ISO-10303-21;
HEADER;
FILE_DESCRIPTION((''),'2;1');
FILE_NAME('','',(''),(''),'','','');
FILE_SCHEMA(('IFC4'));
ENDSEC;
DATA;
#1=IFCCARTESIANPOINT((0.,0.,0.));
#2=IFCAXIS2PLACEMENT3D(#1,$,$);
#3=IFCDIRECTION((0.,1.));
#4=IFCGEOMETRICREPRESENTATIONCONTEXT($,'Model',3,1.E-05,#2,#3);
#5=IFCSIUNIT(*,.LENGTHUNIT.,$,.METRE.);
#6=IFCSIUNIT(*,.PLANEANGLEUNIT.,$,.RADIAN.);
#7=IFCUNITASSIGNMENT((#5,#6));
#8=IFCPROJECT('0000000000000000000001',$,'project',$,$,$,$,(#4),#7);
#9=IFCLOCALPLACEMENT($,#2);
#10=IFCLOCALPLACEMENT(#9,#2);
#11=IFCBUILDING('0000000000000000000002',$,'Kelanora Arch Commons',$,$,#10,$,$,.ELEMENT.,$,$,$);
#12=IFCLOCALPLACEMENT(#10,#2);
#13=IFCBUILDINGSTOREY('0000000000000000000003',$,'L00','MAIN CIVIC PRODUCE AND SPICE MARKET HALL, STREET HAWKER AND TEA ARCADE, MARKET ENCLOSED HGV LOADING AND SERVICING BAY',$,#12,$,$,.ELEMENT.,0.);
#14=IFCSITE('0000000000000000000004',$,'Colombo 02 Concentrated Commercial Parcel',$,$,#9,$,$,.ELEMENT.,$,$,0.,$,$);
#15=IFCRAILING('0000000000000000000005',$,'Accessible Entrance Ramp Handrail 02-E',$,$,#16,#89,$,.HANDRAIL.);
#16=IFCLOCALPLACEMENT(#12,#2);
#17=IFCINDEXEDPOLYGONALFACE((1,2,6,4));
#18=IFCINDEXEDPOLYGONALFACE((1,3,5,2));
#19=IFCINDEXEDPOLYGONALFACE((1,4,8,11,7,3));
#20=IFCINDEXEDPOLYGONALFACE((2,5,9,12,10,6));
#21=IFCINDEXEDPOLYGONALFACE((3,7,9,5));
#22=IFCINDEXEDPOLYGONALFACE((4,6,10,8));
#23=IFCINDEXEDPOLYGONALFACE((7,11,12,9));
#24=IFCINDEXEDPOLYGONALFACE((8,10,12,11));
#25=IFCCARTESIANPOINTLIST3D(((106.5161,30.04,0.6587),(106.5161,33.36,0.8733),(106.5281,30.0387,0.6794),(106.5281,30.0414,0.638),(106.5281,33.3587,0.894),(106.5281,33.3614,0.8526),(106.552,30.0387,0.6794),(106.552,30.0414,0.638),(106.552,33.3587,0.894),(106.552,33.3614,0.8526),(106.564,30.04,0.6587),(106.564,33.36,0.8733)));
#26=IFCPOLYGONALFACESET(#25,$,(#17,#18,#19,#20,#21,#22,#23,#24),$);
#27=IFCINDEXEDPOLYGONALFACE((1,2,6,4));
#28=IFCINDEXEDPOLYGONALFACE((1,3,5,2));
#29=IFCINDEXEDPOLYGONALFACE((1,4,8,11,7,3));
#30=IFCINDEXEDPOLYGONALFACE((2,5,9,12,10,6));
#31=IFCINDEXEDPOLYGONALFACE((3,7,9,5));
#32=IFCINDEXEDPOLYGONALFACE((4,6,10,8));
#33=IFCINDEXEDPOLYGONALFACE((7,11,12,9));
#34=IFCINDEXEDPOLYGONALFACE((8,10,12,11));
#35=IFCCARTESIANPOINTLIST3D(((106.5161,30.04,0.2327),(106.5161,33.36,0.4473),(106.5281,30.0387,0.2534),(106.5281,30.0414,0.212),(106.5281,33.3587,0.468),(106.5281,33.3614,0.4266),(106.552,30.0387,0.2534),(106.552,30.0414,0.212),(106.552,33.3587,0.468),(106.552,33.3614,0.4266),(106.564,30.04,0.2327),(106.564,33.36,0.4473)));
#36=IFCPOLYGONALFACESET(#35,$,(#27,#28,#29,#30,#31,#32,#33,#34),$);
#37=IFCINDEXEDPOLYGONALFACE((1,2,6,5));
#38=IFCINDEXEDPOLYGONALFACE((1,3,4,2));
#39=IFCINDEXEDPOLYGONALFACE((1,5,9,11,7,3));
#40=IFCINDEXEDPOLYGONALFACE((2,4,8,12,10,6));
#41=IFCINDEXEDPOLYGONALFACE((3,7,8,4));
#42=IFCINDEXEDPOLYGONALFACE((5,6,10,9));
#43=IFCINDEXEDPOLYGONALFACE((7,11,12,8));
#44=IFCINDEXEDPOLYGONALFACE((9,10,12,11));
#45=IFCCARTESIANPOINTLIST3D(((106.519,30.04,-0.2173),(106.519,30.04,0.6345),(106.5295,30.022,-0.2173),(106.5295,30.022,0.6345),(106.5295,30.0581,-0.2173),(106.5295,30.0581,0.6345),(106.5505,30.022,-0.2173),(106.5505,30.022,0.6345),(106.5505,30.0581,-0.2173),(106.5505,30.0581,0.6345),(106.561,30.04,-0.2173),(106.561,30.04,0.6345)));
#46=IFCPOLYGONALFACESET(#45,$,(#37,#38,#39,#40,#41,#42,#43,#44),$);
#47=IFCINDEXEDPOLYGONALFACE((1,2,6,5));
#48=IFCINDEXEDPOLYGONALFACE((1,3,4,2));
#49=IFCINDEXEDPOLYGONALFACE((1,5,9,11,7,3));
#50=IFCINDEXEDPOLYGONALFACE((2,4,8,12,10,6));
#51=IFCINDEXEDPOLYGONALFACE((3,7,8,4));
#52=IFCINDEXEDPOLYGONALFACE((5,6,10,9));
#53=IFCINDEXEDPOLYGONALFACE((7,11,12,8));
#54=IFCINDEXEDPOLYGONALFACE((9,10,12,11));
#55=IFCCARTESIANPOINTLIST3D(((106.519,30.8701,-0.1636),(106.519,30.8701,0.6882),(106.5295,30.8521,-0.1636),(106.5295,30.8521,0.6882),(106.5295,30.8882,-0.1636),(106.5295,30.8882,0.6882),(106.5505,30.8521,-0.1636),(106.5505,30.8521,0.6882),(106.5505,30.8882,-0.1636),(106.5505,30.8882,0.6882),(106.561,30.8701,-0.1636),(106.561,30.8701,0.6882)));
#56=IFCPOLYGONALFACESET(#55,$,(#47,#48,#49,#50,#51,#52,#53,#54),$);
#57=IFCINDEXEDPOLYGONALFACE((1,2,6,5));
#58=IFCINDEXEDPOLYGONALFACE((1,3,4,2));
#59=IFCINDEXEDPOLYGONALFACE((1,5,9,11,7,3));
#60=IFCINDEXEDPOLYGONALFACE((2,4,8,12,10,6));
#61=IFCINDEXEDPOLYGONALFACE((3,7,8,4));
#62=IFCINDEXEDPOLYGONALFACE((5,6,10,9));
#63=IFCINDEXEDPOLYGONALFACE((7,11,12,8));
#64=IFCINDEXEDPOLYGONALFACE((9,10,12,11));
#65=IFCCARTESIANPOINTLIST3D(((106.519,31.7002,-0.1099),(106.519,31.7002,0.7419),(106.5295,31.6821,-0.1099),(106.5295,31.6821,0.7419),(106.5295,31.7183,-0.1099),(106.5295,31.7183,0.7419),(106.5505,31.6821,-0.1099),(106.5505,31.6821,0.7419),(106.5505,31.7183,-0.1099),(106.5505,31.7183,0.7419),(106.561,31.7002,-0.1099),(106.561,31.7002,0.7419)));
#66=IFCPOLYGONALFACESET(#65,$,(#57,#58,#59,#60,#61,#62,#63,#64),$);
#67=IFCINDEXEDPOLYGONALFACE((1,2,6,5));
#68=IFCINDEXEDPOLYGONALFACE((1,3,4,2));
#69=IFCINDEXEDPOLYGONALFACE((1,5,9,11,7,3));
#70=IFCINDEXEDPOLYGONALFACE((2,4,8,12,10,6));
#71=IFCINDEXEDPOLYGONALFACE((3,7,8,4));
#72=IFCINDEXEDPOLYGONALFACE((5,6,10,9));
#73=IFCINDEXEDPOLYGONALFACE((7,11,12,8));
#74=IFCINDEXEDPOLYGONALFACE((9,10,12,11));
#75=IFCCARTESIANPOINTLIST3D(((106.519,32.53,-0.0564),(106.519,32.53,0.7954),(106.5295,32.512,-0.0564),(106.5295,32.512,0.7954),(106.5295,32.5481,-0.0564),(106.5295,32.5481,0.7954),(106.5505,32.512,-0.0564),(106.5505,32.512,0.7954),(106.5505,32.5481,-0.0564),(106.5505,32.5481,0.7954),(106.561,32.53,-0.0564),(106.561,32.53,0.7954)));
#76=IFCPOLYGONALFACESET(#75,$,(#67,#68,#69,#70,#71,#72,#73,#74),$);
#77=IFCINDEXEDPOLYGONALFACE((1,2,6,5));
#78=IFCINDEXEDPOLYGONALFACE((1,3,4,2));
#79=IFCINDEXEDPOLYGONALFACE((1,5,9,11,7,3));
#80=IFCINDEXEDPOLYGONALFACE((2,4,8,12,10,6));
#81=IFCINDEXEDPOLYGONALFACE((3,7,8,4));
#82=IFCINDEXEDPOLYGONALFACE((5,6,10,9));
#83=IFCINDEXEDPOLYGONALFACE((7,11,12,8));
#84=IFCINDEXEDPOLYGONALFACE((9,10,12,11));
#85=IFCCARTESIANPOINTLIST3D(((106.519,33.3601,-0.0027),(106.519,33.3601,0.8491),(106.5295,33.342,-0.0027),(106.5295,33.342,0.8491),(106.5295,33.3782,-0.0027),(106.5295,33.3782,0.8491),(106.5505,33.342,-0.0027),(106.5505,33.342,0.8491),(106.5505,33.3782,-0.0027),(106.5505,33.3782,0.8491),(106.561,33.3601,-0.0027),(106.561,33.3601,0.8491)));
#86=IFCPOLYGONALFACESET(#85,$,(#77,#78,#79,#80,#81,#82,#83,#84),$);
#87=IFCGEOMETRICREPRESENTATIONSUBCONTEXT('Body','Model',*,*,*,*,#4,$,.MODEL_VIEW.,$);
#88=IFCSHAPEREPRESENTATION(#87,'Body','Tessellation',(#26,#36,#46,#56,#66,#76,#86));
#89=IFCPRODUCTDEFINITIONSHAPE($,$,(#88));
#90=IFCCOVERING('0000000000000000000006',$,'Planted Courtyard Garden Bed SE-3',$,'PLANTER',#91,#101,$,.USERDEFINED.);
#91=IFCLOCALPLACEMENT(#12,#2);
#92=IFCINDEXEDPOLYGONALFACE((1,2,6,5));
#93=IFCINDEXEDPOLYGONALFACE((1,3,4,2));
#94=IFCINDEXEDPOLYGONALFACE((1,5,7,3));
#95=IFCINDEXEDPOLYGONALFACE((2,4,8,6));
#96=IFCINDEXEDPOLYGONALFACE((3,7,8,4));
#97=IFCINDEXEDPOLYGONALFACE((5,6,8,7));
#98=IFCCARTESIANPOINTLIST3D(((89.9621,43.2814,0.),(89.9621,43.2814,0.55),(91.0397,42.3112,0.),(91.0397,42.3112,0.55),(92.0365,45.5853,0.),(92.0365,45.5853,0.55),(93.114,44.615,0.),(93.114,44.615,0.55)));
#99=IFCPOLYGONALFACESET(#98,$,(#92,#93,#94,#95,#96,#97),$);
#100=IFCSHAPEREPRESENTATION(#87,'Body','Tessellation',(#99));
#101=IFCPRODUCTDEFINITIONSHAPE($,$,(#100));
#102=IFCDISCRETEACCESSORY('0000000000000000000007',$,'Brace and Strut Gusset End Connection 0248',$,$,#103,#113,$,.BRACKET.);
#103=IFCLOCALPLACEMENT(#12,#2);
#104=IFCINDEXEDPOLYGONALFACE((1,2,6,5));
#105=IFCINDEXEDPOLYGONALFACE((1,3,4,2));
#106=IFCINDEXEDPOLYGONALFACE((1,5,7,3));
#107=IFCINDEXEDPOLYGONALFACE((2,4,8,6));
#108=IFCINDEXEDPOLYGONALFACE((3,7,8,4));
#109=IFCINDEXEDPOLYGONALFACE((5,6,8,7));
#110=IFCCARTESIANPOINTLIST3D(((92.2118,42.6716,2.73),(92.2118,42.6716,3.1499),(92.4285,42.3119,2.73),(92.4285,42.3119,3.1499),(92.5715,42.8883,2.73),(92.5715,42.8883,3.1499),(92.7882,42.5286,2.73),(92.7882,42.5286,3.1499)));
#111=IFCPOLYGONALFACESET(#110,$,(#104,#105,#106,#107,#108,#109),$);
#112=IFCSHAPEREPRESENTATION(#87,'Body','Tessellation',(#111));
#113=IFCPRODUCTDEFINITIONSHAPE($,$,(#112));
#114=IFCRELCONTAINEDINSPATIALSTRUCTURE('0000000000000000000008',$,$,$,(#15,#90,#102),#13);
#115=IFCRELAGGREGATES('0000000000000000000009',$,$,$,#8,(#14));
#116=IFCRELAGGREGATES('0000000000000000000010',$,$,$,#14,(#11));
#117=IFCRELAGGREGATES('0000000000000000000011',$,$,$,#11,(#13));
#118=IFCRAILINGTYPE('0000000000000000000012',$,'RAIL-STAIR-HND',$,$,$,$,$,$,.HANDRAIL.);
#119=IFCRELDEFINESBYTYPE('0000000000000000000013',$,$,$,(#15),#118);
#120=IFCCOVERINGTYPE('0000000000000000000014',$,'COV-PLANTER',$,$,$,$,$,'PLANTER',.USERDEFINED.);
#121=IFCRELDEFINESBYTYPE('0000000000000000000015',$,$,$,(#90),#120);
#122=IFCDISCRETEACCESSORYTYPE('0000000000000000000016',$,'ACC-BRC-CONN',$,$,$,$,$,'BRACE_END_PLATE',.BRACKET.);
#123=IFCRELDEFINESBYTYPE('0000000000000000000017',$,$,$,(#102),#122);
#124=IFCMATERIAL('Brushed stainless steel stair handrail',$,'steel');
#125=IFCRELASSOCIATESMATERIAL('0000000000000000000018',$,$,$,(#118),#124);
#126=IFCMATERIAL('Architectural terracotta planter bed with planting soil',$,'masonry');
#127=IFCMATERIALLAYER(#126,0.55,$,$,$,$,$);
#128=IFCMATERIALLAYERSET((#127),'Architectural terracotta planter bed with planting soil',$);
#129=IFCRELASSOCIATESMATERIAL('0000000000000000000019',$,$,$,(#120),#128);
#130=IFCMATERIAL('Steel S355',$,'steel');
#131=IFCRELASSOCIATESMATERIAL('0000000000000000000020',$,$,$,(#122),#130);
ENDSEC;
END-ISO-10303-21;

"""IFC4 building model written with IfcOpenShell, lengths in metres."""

from ifc_helpers import new_model, si_unit, direction, frame, origin, origin_2d, place, context, subcontext, project, spatial, polyline, rectangle, outline, extrude, source, transform, mapped, material, layer, layer_set, type_object, element, save


model = new_model("IFC4")

# Units and contexts
model_context = context("Model", 3, precision=1e-05, world=origin(), true_north=direction((0.0, 1.0)))
body_context = subcontext(model_context, "Body", "Model", "MODEL_VIEW")
ifc_project = project(units=[si_unit("LENGTHUNIT", "METRE"), si_unit("PLANEANGLEUNIT", "RADIAN")], contexts=[model_context])

# Site, building, storey
site_placement = place(None, origin())
site = spatial("IfcSite", under=ifc_project, at=site_placement, Name="Colombo 02 Concentrated Commercial Parcel", CompositionType="ELEMENT", RefElevation=0.0)
building_placement = place(site_placement, origin())
building = spatial("IfcBuilding", under=site, at=building_placement, Name="Kelanora Arch Commons", CompositionType="ELEMENT")
storey_placement = place(building_placement, origin())
storey = spatial("IfcBuildingStorey", under=building, at=storey_placement, Name="L00", Description="MAIN CIVIC PRODUCE AND SPICE MARKET HALL, STREET HAWKER AND TEA ARCADE, MARKET ENCLOSED HGV LOADING AND SERVICING BAY", CompositionType="ELEMENT", Elevation=0.0)

# Shared definitions
ifc_material_1 = material(Name="Steel S355", Category="steel")

# Railing
ifc_material_2 = material(Name="Brushed stainless steel stair handrail", Category="steel")
railing_type = type_object("IfcRailingType", Name="RAIL-STAIR-HND", PredefinedType="HANDRAIL", material=ifc_material_2)
railing_1_placement = place(storey_placement, frame((106.54, 30.04, -0.2173)))
element("IfcRailing", 1, at=railing_1_placement, inside=storey, type_object=railing_type, Name="Accessible Entrance Ramp Handrail 02-E", PredefinedType="HANDRAIL", context=body_context, shape_type="SweptSolid", body=[
    extrude(outline(polyline([(0.0239, 0.0), (0.012, 0.0208), (-0.012, 0.0208), (-0.0239, 0.0), (-0.012, -0.0208), (0.012, -0.0208), (0.0239, 0.0)])), frame((0.0, 0.0, 0.876), z_axis=(0.0, 0.997918, 0.064503), x_axis=(-1.0, 0.0, 0.0)), (0.0, 0.0, 1.0), 3.3269),
    extrude(outline(polyline([(0.0239, 0.0), (0.012, 0.0208), (-0.012, 0.0208), (-0.0239, 0.0), (-0.012, -0.0208), (0.012, -0.0208), (0.0239, 0.0)])), frame((0.0, 0.0, 0.45), z_axis=(0.0, 0.997918, 0.064503), x_axis=(-1.0, 0.0, 0.0)), (0.0, 0.0, 1.0), 3.3269),
    extrude(outline(polyline([(0.021, 0.0), (0.0105, 0.0181), (-0.0105, 0.0181), (-0.021, 0.0), (-0.0105, -0.0181), (0.0105, -0.0181), (0.021, 0.0)])), origin(), (0.0, 0.0, 1.0), 0.8518),
    extrude(outline(polyline([(0.021, 0.0), (0.0105, 0.0181), (-0.0105, 0.0181), (-0.021, 0.0), (-0.0105, -0.0181), (0.0105, -0.0181), (0.021, 0.0)])), frame((0.0, 0.8301, 0.0537)), (0.0, 0.0, 1.0), 0.8518),
    extrude(outline(polyline([(0.021, 0.0), (0.0105, 0.0181), (-0.0105, 0.0181), (-0.021, 0.0), (-0.0105, -0.0181), (0.0105, -0.0181), (0.021, 0.0)])), frame((0.0, 1.6602, 0.1074)), (0.0, 0.0, 1.0), 0.8518),
    extrude(outline(polyline([(0.021, 0.0), (0.0105, 0.0181), (-0.0105, 0.0181), (-0.021, 0.0), (-0.0105, -0.0181), (0.0105, -0.0181), (0.021, 0.0)])), frame((0.0, 2.49, 0.1609)), (0.0, 0.0, 1.0), 0.8518),
    extrude(outline(polyline([(0.021, 0.0), (0.0105, 0.0181), (-0.0105, 0.0181), (-0.021, 0.0), (-0.0105, -0.0181), (0.0105, -0.0181), (0.021, 0.0)])), frame((0.0, 3.3201, 0.2146)), (0.0, 0.0, 1.0), 0.8518),
])

# Covering
ifc_material_3 = material(Name="Architectural terracotta planter bed with planting soil", Category="masonry")
ifc_layer_1 = layer(ifc_material_3, 0.55)
ifc_layer_set_1 = layer_set([ifc_layer_1], Name="Architectural terracotta planter bed with planting soil")
covering_type = type_object("IfcCoveringType", Name="COV-PLANTER", ElementType="PLANTER", PredefinedType="USERDEFINED", material=ifc_layer_set_1)
shared_shape_1 = source(origin(), body_context, "Body", "SweptSolid", [
    extrude(rectangle(XDim=3.1001, YDim=1.45, at=origin_2d()), origin(), (0.0, 0.0, 1.0), 0.55),
])
covering_placement = place(storey_placement, frame((91.5381, 43.9482, 0.0), z_axis=(0.0, 0.0, 1.0), x_axis=(0.669131, 0.743145, 0.0)))
element("IfcCovering", 2, at=covering_placement, inside=storey, type_object=covering_type, Name="Planted Courtyard Garden Bed SE-3", ObjectType="PLANTER", PredefinedType="USERDEFINED", context=body_context, shape_type="MappedRepresentation", body=[
    mapped(shared_shape_1, transform((0.0, 0.0, 0.0), scale=1.0)),
])

# Discrete accessory
discrete_accessory_type = type_object("IfcDiscreteAccessoryType", Name="ACC-BRC-CONN", ElementType="BRACE_END_PLATE", PredefinedType="BRACKET", material=ifc_material_1)
shared_shape_2 = source(origin(), body_context, "Body", "SweptSolid", [
    extrude(rectangle(XDim=0.4199, YDim=0.4199, at=origin_2d()), origin(), (0.0, 0.0, 1.0), 0.4199),
])
discrete_accessory_placement = place(storey_placement, frame((92.5, 42.6001, 2.73), z_axis=(0.0, 0.0, 1.0), x_axis=(0.856537, 0.516085, 0.0)))
element("IfcDiscreteAccessory", 3, at=discrete_accessory_placement, inside=storey, type_object=discrete_accessory_type, Name="Brace and Strut Gusset End Connection 0248", PredefinedType="BRACKET", context=body_context, shape_type="MappedRepresentation", body=[
    mapped(shared_shape_2, transform((0.0, 0.0, 0.0), scale=1.0)),
])

save(model, "model.ifc")
